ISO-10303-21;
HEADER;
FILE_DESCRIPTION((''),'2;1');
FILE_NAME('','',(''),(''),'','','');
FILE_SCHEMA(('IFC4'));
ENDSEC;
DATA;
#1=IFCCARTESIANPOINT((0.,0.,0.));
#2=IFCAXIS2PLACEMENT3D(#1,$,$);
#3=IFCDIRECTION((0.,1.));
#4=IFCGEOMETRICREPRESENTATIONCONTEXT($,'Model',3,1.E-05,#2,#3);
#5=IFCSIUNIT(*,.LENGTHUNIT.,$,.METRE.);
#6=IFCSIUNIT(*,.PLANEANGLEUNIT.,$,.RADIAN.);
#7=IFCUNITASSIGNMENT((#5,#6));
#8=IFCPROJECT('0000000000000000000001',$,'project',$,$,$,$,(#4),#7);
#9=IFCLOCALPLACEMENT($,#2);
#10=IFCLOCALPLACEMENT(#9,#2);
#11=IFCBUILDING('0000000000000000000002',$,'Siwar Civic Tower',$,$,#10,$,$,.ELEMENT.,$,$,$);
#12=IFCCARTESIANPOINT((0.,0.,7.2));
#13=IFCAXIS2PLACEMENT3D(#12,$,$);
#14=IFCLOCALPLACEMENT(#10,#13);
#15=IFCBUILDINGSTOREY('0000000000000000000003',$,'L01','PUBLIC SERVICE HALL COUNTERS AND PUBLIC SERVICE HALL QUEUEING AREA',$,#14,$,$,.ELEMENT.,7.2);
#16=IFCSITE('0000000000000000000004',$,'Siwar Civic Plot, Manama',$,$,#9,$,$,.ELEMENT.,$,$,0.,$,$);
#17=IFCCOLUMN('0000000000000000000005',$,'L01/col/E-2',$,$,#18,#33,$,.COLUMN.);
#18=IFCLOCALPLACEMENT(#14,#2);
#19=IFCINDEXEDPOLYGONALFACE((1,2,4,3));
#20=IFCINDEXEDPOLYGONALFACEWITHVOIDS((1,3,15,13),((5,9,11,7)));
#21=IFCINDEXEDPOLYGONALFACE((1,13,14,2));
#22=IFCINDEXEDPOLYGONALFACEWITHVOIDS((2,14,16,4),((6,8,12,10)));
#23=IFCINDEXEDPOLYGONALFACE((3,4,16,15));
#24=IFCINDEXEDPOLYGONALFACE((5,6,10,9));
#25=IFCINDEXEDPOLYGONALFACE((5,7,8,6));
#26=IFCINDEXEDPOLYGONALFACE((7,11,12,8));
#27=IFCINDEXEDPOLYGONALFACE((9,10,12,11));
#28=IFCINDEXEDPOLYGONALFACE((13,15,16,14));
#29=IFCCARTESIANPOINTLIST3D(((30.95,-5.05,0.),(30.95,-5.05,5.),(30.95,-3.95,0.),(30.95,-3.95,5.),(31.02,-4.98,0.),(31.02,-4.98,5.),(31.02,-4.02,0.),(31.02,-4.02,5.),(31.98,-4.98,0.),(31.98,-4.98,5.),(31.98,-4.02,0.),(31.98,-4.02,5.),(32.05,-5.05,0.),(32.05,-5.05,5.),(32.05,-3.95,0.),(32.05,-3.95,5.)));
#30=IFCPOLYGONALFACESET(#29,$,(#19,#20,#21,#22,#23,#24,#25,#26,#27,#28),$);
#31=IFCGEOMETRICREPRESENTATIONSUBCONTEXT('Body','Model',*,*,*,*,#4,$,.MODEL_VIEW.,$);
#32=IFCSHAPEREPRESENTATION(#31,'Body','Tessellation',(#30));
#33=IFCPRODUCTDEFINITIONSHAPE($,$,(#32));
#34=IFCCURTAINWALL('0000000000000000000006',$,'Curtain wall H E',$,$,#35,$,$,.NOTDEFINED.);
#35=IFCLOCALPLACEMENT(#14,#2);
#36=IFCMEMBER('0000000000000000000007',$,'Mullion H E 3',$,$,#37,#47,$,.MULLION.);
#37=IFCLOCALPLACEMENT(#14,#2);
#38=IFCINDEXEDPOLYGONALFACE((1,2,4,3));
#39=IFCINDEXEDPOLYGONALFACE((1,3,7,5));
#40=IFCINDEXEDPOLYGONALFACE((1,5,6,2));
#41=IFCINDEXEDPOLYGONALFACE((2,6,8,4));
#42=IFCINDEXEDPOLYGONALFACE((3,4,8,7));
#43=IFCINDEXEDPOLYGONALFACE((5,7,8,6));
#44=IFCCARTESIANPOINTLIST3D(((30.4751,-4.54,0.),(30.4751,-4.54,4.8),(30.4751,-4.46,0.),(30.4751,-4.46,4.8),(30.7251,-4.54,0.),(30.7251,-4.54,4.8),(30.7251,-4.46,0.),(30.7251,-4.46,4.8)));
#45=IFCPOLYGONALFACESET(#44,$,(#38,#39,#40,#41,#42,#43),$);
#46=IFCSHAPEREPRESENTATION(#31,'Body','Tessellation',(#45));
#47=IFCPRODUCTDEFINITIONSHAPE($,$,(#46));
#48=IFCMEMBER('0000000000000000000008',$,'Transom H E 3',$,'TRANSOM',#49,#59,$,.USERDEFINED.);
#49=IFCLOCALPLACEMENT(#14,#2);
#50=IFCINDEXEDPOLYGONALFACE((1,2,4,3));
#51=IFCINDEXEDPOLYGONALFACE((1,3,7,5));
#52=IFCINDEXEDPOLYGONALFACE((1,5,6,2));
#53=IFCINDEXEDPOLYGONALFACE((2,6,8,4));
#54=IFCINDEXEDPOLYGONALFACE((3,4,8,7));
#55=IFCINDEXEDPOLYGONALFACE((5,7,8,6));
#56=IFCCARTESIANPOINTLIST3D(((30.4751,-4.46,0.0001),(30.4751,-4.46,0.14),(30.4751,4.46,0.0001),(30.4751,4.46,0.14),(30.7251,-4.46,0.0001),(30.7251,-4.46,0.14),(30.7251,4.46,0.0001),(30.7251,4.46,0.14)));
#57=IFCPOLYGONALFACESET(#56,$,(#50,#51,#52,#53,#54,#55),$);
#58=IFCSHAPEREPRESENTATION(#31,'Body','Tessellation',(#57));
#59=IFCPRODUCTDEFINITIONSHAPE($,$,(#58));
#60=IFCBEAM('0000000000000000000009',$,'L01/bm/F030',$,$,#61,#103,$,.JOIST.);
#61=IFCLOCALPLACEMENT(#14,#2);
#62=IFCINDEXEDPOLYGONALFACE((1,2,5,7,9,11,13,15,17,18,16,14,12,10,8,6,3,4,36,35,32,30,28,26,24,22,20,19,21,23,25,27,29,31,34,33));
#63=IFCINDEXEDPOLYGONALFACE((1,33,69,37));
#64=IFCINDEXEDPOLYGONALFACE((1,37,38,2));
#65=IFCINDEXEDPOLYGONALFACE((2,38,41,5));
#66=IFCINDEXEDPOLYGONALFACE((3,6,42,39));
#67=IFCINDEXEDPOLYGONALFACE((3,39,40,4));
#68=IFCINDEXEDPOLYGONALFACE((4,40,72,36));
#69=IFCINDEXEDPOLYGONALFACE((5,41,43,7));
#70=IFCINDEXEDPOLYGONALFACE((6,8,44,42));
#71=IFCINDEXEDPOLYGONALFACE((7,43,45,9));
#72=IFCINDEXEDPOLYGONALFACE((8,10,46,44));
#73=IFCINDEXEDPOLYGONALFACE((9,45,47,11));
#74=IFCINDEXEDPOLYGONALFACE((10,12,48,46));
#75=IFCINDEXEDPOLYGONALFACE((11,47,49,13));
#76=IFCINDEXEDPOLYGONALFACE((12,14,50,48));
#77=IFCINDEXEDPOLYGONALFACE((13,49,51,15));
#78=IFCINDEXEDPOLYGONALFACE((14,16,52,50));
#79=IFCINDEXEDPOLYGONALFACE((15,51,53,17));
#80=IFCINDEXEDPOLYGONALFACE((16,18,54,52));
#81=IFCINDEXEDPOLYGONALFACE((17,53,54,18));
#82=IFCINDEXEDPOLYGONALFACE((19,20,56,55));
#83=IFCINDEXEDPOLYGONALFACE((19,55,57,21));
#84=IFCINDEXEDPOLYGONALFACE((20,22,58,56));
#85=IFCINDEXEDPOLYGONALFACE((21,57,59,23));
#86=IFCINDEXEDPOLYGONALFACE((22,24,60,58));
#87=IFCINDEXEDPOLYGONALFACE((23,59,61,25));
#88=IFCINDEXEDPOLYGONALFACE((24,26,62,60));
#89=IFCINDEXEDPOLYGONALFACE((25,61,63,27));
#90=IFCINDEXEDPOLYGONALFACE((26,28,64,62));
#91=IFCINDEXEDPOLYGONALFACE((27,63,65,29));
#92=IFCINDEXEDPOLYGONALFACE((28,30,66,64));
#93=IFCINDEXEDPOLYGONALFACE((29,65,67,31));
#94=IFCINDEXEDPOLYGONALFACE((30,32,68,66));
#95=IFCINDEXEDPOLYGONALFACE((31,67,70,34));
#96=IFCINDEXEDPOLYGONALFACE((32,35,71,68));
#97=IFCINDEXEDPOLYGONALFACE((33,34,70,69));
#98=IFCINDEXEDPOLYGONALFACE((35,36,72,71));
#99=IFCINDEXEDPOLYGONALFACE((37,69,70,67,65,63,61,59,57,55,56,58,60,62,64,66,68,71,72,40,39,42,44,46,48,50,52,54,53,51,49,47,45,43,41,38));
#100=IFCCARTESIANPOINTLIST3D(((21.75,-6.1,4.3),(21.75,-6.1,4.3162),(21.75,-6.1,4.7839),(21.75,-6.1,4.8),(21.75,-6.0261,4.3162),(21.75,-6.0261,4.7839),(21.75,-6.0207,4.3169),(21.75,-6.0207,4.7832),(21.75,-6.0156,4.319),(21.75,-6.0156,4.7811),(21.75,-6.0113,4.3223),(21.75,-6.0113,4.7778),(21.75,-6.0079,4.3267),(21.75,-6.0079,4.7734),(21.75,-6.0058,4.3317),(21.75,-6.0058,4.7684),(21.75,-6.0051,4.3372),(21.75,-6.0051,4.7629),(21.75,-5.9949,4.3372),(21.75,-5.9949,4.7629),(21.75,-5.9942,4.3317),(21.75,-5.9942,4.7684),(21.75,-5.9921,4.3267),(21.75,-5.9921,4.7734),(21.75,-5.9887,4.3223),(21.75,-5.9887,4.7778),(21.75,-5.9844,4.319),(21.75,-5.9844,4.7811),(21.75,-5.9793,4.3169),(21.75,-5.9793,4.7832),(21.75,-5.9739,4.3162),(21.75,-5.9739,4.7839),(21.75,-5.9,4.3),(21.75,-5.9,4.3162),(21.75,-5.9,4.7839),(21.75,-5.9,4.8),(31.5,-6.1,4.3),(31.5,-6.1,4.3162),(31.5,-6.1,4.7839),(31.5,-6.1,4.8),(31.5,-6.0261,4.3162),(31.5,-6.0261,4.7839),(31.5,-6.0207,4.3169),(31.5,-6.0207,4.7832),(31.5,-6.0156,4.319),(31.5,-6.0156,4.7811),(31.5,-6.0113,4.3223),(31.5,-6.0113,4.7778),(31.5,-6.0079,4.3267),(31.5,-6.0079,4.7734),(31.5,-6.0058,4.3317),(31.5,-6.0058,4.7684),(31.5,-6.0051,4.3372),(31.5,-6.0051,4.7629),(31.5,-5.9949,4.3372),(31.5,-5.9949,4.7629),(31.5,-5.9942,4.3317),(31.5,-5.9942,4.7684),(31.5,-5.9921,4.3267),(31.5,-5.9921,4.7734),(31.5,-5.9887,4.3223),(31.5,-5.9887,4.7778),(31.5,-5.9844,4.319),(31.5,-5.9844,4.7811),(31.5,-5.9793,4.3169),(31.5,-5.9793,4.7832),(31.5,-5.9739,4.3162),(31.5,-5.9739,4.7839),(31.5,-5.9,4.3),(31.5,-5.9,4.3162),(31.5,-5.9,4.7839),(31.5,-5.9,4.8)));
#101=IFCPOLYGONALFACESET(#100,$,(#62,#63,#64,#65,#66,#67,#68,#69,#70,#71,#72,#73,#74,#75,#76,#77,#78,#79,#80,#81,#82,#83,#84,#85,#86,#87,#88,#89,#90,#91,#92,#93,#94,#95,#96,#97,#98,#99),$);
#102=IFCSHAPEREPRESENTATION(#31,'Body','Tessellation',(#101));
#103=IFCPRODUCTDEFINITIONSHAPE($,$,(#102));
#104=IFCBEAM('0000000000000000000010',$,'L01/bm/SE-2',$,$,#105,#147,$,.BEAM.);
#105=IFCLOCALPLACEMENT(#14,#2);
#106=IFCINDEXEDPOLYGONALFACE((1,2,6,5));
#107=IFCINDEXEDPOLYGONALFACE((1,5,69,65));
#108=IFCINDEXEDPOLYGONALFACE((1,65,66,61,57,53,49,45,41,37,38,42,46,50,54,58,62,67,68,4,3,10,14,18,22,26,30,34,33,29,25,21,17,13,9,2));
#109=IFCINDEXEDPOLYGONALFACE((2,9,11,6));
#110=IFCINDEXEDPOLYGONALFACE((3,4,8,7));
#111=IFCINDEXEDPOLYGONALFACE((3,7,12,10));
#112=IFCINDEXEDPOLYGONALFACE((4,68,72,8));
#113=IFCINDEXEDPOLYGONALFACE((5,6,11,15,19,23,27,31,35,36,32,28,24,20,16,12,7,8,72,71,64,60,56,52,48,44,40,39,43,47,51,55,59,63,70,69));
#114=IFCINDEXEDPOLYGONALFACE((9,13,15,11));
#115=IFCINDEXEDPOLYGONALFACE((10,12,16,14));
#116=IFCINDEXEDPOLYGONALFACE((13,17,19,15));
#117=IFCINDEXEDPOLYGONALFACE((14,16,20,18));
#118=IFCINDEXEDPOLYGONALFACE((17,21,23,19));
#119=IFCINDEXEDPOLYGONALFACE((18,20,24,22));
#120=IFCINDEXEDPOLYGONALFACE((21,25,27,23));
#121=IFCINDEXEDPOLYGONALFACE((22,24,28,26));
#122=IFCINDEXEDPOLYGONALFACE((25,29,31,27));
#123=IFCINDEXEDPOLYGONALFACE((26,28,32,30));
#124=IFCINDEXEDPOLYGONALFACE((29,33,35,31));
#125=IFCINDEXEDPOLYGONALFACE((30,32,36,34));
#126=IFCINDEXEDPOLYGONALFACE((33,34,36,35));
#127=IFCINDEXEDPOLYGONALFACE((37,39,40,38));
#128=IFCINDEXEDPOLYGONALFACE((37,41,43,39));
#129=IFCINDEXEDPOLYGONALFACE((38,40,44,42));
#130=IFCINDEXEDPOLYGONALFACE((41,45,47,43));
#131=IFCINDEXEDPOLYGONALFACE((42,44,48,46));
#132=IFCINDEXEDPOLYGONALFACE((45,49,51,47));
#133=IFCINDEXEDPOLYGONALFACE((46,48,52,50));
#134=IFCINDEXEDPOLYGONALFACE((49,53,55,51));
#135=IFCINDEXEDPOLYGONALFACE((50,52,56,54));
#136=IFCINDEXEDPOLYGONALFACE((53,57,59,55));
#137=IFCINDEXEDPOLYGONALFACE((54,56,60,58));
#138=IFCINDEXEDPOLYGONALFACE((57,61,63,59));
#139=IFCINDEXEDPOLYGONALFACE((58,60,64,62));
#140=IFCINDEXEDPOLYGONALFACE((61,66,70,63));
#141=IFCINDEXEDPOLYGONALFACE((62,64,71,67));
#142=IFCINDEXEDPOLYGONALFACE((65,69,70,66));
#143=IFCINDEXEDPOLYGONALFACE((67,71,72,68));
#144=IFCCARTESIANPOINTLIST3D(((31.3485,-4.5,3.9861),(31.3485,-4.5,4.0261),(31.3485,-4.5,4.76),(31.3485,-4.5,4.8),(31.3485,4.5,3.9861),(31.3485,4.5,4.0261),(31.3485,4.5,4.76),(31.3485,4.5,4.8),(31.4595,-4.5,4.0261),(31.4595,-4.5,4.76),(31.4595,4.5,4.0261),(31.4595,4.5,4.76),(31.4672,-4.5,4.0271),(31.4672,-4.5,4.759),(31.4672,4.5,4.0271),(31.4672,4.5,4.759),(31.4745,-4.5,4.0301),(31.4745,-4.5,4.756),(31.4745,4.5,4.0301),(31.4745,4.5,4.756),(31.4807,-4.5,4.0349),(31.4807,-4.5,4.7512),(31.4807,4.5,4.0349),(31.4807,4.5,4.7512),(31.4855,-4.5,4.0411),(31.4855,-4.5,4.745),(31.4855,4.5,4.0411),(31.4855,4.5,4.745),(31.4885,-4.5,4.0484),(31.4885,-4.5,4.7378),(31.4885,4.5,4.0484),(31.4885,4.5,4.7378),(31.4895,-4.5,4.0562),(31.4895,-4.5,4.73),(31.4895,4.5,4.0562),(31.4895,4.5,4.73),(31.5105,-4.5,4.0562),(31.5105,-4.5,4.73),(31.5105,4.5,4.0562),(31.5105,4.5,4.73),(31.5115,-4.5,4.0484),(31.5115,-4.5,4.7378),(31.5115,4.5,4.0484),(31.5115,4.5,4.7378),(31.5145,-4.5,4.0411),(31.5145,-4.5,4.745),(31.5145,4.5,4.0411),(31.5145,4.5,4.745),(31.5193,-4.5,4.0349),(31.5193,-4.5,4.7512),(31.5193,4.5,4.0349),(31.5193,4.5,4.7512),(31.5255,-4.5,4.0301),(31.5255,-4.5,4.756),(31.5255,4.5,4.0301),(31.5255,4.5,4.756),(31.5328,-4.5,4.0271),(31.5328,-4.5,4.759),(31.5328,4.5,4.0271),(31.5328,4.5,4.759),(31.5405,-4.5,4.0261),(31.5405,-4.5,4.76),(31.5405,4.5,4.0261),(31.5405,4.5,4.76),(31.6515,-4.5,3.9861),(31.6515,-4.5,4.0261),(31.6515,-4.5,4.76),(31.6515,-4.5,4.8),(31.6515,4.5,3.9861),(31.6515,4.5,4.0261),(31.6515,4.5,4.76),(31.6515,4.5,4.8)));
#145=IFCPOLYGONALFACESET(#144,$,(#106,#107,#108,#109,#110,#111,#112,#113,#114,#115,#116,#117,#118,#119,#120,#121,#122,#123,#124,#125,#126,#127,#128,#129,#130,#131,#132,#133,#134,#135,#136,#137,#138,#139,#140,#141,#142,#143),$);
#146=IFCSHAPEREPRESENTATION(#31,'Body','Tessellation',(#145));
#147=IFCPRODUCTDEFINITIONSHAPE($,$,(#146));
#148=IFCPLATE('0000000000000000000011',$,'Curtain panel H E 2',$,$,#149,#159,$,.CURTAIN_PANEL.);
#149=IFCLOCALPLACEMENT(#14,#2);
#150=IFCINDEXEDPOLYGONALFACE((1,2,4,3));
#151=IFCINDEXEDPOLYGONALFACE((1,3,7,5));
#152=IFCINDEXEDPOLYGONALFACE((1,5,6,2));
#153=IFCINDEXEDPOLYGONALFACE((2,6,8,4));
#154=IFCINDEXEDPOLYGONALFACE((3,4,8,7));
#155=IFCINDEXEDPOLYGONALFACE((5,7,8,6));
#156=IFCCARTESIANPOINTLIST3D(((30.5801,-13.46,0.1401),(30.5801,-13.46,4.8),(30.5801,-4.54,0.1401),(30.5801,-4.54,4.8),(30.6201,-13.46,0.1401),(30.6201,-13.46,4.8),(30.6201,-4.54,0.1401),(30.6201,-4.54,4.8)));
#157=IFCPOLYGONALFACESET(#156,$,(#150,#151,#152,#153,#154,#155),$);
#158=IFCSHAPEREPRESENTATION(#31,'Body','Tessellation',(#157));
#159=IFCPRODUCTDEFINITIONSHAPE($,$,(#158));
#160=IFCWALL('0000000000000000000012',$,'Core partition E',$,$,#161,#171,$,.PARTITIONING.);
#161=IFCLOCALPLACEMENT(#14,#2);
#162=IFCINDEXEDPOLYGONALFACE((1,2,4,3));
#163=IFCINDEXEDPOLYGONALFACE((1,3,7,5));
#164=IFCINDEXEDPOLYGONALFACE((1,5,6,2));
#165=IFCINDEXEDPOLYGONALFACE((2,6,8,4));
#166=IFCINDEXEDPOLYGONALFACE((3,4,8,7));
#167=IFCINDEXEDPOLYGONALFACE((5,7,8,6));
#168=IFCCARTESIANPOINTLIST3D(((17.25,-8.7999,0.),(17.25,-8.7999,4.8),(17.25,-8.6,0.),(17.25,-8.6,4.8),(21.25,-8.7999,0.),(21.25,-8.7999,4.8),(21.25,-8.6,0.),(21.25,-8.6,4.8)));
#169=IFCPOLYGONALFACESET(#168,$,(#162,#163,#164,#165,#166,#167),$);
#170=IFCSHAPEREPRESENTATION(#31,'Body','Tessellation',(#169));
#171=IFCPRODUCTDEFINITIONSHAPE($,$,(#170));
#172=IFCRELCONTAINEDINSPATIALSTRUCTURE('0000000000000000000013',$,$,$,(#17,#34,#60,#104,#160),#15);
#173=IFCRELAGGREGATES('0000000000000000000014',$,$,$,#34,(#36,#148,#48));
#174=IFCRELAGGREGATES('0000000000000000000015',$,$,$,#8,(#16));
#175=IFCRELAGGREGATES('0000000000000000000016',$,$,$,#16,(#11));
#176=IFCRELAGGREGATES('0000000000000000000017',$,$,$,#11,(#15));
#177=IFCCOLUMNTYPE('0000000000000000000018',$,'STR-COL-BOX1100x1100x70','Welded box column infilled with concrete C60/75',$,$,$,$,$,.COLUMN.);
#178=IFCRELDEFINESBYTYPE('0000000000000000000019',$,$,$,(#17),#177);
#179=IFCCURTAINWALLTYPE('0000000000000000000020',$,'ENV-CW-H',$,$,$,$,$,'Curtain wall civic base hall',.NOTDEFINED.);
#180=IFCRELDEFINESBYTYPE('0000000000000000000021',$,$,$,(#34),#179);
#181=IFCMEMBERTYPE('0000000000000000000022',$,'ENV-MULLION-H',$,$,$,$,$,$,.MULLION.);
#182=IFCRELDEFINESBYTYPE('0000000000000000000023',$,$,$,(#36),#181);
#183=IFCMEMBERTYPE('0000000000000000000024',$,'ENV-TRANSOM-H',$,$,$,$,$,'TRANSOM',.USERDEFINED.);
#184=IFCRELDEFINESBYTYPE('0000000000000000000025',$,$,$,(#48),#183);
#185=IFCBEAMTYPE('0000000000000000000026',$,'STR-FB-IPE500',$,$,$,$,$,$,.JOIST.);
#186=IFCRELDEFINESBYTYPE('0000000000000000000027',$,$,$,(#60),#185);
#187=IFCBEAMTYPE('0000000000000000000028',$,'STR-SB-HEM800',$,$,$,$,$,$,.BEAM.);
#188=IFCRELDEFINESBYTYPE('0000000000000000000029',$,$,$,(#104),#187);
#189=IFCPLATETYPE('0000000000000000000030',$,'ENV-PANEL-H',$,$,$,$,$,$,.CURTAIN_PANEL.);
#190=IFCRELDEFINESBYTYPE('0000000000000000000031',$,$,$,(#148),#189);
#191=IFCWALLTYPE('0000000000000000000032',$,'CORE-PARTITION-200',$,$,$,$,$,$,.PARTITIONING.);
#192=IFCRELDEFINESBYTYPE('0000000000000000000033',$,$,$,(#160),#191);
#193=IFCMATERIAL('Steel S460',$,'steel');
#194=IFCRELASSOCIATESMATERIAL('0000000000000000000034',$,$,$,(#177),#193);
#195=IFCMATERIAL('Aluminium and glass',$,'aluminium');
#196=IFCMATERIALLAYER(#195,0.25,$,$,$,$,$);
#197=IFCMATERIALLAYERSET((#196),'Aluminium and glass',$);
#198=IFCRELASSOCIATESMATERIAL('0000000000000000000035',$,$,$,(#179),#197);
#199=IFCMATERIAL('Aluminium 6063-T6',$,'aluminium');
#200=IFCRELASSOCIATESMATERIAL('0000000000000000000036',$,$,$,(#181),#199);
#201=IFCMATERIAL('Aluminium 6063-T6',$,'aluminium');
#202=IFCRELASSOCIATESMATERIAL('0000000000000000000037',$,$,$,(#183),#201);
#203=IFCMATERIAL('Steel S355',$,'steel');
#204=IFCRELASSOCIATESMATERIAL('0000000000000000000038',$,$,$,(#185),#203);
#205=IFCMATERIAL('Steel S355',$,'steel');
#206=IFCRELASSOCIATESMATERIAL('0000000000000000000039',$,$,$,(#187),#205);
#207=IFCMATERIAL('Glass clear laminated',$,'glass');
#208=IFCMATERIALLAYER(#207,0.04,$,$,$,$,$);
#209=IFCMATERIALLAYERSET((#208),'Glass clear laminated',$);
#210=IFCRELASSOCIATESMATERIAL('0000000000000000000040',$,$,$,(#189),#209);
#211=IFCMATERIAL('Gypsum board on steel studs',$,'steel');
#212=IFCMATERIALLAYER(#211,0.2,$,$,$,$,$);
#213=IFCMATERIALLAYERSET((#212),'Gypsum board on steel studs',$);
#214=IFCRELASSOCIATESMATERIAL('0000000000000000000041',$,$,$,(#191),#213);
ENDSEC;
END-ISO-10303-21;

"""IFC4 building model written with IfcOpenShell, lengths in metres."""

from ifc_helpers import new_model, si_unit, direction, frame, frame_2d, origin, origin_2d, place, context, subcontext, project, spatial, rectangle, hollow_rectangle, i_section, extrude, material, layer, layer_set, material_profile, profile_set, type_object, element, aggregate, save


model = new_model("IFC4")

# Units and contexts
model_context = context("Model", 3, precision=1e-05, world=origin(), true_north=direction((0.0, 1.0)))
body_context = subcontext(model_context, "Body", "Model", "MODEL_VIEW")
ifc_project = project(units=[si_unit("LENGTHUNIT", "METRE"), si_unit("PLANEANGLEUNIT", "RADIAN")], contexts=[model_context])

# Site, building, storey
site_placement = place(None, origin())
site = spatial("IfcSite", under=ifc_project, at=site_placement, Name="Siwar Civic Plot, Manama", CompositionType="ELEMENT", RefElevation=0.0)
building_placement = place(site_placement, origin())
building = spatial("IfcBuilding", under=site, at=building_placement, Name="Siwar Civic Tower", CompositionType="ELEMENT")
storey_placement = place(building_placement, frame((0.0, 0.0, 7.2)))
storey = spatial("IfcBuildingStorey", under=building, at=storey_placement, Name="L01", Description="PUBLIC SERVICE HALL COUNTERS AND PUBLIC SERVICE HALL QUEUEING AREA", CompositionType="ELEMENT", Elevation=7.2)

# Column
ifc_material_1 = material(Name="Steel S460", Category="steel")
ifc_material_profile_1 = material_profile(ifc_material_1, hollow_rectangle(XDim=1.1001, YDim=1.1001, WallThickness=0.0701, at=origin_2d()), Name="BOX1100x1100x70")
ifc_profile_set_1 = profile_set([ifc_material_profile_1], Name="Steel S460")
column_type = type_object("IfcColumnType", Name="STR-COL-BOX1100x1100x70", Description="Welded box column infilled with concrete C60/75", PredefinedType="COLUMN", material=ifc_profile_set_1)
column_placement = place(storey_placement, frame((31.5, -4.5, 0.0), z_axis=(0.0, 0.0, 1.0), x_axis=(1.0, 0.0, 0.0)))
element("IfcColumn", 1, at=column_placement, inside=storey, type_object=column_type, Name="L01/col/E-2", PredefinedType="COLUMN", context=body_context, shape_type="SweptSolid", body=[
    extrude(hollow_rectangle(XDim=1.1001, YDim=1.1001, WallThickness=0.0701, at=origin_2d()), origin(), (0.0, 0.0, 1.0), 5.0),
])

# Curtain wall, members
ifc_material_2 = material(Name="Aluminium and glass", Category="aluminium")
ifc_layer_1 = layer(ifc_material_2, 0.25)
ifc_layer_set_1 = layer_set([ifc_layer_1], Name="Aluminium and glass")
curtain_wall_type = type_object("IfcCurtainWallType", Name="ENV-CW-H", ElementType="Curtain wall civic base hall", PredefinedType="NOTDEFINED", material=ifc_layer_set_1)
curtain_wall_placement = place(storey_placement, origin())
curtain_wall = element("IfcCurtainWall", 2, at=curtain_wall_placement, inside=storey, type_object=curtain_wall_type, Name="Curtain wall H E", PredefinedType="NOTDEFINED")
ifc_material_3 = material(Name="Aluminium 6063-T6", Category="aluminium")
ifc_material_profile_2 = material_profile(ifc_material_3, rectangle(XDim=0.25, YDim=0.0801, at=origin_2d()), Name="AL 250x80")
ifc_profile_set_2 = profile_set([ifc_material_profile_2], Name="Aluminium 6063-T6")
member_type_1 = type_object("IfcMemberType", Name="ENV-MULLION-H", PredefinedType="MULLION", material=ifc_profile_set_2)
member_1_placement = place(storey_placement, frame((30.6001, -4.5, 0.0), z_axis=(0.0, 0.0, 1.0), x_axis=(-1.0, 0.0, 0.0)))
member_1 = element("IfcMember", 3, at=member_1_placement, type_object=member_type_1, Name="Mullion H E 3", PredefinedType="MULLION", context=body_context, shape_type="SweptSolid", body=[
    extrude(rectangle(XDim=0.25, YDim=0.0801, at=origin_2d()), origin(), (0.0, 0.0, 1.0), 4.8),
])
ifc_material_4 = material(Name="Aluminium 6063-T6", Category="aluminium")
ifc_material_profile_3 = material_profile(ifc_material_4, rectangle(XDim=0.25, YDim=0.1399, at=origin_2d()), Name="AL 250x140")
ifc_profile_set_3 = profile_set([ifc_material_profile_3], Name="Aluminium 6063-T6")
member_type_2 = type_object("IfcMemberType", Name="ENV-TRANSOM-H", ElementType="TRANSOM", PredefinedType="USERDEFINED", material=ifc_profile_set_3)
member_2_placement = place(storey_placement, frame((30.6001, -4.46, 0.0701), z_axis=(0.0, 1.0, 0.0), x_axis=(-1.0, 0.0, 0.0)))
member_2 = element("IfcMember", 4, at=member_2_placement, type_object=member_type_2, Name="Transom H E 3", ObjectType="TRANSOM", PredefinedType="USERDEFINED", context=body_context, shape_type="SweptSolid", body=[
    extrude(rectangle(XDim=0.25, YDim=0.1399, at=origin_2d()), origin(), (0.0, 0.0, 1.0), 8.9199),
])

# Beams
ifc_material_5 = material(Name="Steel S355", Category="steel")
ifc_material_profile_4 = material_profile(ifc_material_5, i_section(OverallWidth=0.2, OverallDepth=0.5, WebThickness=0.0103, FlangeThickness=0.0161, FilletRadius=0.021, at=origin_2d()), Name="IPE500")
ifc_profile_set_4 = profile_set([ifc_material_profile_4], Name="Steel S355")
beam_type_1 = type_object("IfcBeamType", Name="STR-FB-IPE500", PredefinedType="JOIST", material=ifc_profile_set_4)
beam_1_placement = place(storey_placement, frame((21.75, -6.0, 4.55), z_axis=(1.0, 0.0, 0.0), x_axis=(0.0, 1.0, 0.0)))
element("IfcBeam", 5, at=beam_1_placement, inside=storey, type_object=beam_type_1, Name="L01/bm/F030", PredefinedType="JOIST", context=body_context, shape_type="SweptSolid", body=[
    extrude(i_section(OverallWidth=0.2, OverallDepth=0.5, WebThickness=0.0103, FlangeThickness=0.0161, FilletRadius=0.021, at=origin_2d()), origin(), (0.0, 0.0, 1.0), 9.75),
])
ifc_material_6 = material(Name="Steel S355", Category="steel")
ifc_material_profile_5 = material_profile(ifc_material_6, i_section(OverallWidth=0.303, OverallDepth=0.814, WebThickness=0.021, FlangeThickness=0.04, FilletRadius=0.03, at=origin_2d()), Name="HEM800")
ifc_profile_set_5 = profile_set([ifc_material_profile_5], Name="Steel S355")
beam_type_2 = type_object("IfcBeamType", Name="STR-SB-HEM800", PredefinedType="BEAM", material=ifc_profile_set_5)
beam_2_placement = place(storey_placement, frame((31.5, -4.5, 4.3931), z_axis=(0.0, 1.0, 0.0), x_axis=(-1.0, 0.0, 0.0)))
element("IfcBeam", 6, at=beam_2_placement, inside=storey, type_object=beam_type_2, Name="L01/bm/SE-2", PredefinedType="BEAM", context=body_context, shape_type="SweptSolid", body=[
    extrude(i_section(OverallWidth=0.303, OverallDepth=0.814, WebThickness=0.021, FlangeThickness=0.04, FilletRadius=0.03, at=origin_2d()), origin(), (0.0, 0.0, 1.0), 9.0),
])

# Plate
ifc_material_7 = material(Name="Glass clear laminated", Category="glass")
ifc_layer_2 = layer(ifc_material_7, 0.04)
ifc_layer_set_2 = layer_set([ifc_layer_2], Name="Glass clear laminated")
plate_type = type_object("IfcPlateType", Name="ENV-PANEL-H", PredefinedType="CURTAIN_PANEL", material=ifc_layer_set_2)
plate_placement = place(storey_placement, frame((30.6001, -9.0, 0.1401), z_axis=(0.0, 0.0, 1.0), x_axis=(0.0, 1.0, 0.0)))
plate = element("IfcPlate", 7, at=plate_placement, type_object=plate_type, Name="Curtain panel H E 2", PredefinedType="CURTAIN_PANEL", context=body_context, shape_type="SweptSolid", body=[
    extrude(rectangle(XDim=8.9199, YDim=0.04, at=origin_2d()), origin(), (0.0, 0.0, 1.0), 4.6599),
])
aggregate(curtain_wall, [member_1, plate, member_2])

# Wall
ifc_material_8 = material(Name="Gypsum board on steel studs", Category="steel")
ifc_layer_3 = layer(ifc_material_8, 0.2)
ifc_layer_set_3 = layer_set([ifc_layer_3], Name="Gypsum board on steel studs")
wall_type_1 = type_object("IfcWallType", Name="CORE-PARTITION-200", PredefinedType="PARTITIONING", material=ifc_layer_set_3)
wall_1_placement = place(storey_placement, frame((17.25, -8.7, 0.0), z_axis=(0.0, 0.0, 1.0), x_axis=(1.0, 0.0, 0.0)))
element("IfcWall", 8, at=wall_1_placement, inside=storey, type_object=wall_type_1, Name="Core partition E", PredefinedType="PARTITIONING", context=body_context, shape_type="SweptSolid", body=[
    extrude(rectangle(XDim=4.0, YDim=0.2, at=frame_2d((2.0, 0.0))), origin(), (0.0, 0.0, 1.0), 4.8),
])

save(model, "model.ifc")
